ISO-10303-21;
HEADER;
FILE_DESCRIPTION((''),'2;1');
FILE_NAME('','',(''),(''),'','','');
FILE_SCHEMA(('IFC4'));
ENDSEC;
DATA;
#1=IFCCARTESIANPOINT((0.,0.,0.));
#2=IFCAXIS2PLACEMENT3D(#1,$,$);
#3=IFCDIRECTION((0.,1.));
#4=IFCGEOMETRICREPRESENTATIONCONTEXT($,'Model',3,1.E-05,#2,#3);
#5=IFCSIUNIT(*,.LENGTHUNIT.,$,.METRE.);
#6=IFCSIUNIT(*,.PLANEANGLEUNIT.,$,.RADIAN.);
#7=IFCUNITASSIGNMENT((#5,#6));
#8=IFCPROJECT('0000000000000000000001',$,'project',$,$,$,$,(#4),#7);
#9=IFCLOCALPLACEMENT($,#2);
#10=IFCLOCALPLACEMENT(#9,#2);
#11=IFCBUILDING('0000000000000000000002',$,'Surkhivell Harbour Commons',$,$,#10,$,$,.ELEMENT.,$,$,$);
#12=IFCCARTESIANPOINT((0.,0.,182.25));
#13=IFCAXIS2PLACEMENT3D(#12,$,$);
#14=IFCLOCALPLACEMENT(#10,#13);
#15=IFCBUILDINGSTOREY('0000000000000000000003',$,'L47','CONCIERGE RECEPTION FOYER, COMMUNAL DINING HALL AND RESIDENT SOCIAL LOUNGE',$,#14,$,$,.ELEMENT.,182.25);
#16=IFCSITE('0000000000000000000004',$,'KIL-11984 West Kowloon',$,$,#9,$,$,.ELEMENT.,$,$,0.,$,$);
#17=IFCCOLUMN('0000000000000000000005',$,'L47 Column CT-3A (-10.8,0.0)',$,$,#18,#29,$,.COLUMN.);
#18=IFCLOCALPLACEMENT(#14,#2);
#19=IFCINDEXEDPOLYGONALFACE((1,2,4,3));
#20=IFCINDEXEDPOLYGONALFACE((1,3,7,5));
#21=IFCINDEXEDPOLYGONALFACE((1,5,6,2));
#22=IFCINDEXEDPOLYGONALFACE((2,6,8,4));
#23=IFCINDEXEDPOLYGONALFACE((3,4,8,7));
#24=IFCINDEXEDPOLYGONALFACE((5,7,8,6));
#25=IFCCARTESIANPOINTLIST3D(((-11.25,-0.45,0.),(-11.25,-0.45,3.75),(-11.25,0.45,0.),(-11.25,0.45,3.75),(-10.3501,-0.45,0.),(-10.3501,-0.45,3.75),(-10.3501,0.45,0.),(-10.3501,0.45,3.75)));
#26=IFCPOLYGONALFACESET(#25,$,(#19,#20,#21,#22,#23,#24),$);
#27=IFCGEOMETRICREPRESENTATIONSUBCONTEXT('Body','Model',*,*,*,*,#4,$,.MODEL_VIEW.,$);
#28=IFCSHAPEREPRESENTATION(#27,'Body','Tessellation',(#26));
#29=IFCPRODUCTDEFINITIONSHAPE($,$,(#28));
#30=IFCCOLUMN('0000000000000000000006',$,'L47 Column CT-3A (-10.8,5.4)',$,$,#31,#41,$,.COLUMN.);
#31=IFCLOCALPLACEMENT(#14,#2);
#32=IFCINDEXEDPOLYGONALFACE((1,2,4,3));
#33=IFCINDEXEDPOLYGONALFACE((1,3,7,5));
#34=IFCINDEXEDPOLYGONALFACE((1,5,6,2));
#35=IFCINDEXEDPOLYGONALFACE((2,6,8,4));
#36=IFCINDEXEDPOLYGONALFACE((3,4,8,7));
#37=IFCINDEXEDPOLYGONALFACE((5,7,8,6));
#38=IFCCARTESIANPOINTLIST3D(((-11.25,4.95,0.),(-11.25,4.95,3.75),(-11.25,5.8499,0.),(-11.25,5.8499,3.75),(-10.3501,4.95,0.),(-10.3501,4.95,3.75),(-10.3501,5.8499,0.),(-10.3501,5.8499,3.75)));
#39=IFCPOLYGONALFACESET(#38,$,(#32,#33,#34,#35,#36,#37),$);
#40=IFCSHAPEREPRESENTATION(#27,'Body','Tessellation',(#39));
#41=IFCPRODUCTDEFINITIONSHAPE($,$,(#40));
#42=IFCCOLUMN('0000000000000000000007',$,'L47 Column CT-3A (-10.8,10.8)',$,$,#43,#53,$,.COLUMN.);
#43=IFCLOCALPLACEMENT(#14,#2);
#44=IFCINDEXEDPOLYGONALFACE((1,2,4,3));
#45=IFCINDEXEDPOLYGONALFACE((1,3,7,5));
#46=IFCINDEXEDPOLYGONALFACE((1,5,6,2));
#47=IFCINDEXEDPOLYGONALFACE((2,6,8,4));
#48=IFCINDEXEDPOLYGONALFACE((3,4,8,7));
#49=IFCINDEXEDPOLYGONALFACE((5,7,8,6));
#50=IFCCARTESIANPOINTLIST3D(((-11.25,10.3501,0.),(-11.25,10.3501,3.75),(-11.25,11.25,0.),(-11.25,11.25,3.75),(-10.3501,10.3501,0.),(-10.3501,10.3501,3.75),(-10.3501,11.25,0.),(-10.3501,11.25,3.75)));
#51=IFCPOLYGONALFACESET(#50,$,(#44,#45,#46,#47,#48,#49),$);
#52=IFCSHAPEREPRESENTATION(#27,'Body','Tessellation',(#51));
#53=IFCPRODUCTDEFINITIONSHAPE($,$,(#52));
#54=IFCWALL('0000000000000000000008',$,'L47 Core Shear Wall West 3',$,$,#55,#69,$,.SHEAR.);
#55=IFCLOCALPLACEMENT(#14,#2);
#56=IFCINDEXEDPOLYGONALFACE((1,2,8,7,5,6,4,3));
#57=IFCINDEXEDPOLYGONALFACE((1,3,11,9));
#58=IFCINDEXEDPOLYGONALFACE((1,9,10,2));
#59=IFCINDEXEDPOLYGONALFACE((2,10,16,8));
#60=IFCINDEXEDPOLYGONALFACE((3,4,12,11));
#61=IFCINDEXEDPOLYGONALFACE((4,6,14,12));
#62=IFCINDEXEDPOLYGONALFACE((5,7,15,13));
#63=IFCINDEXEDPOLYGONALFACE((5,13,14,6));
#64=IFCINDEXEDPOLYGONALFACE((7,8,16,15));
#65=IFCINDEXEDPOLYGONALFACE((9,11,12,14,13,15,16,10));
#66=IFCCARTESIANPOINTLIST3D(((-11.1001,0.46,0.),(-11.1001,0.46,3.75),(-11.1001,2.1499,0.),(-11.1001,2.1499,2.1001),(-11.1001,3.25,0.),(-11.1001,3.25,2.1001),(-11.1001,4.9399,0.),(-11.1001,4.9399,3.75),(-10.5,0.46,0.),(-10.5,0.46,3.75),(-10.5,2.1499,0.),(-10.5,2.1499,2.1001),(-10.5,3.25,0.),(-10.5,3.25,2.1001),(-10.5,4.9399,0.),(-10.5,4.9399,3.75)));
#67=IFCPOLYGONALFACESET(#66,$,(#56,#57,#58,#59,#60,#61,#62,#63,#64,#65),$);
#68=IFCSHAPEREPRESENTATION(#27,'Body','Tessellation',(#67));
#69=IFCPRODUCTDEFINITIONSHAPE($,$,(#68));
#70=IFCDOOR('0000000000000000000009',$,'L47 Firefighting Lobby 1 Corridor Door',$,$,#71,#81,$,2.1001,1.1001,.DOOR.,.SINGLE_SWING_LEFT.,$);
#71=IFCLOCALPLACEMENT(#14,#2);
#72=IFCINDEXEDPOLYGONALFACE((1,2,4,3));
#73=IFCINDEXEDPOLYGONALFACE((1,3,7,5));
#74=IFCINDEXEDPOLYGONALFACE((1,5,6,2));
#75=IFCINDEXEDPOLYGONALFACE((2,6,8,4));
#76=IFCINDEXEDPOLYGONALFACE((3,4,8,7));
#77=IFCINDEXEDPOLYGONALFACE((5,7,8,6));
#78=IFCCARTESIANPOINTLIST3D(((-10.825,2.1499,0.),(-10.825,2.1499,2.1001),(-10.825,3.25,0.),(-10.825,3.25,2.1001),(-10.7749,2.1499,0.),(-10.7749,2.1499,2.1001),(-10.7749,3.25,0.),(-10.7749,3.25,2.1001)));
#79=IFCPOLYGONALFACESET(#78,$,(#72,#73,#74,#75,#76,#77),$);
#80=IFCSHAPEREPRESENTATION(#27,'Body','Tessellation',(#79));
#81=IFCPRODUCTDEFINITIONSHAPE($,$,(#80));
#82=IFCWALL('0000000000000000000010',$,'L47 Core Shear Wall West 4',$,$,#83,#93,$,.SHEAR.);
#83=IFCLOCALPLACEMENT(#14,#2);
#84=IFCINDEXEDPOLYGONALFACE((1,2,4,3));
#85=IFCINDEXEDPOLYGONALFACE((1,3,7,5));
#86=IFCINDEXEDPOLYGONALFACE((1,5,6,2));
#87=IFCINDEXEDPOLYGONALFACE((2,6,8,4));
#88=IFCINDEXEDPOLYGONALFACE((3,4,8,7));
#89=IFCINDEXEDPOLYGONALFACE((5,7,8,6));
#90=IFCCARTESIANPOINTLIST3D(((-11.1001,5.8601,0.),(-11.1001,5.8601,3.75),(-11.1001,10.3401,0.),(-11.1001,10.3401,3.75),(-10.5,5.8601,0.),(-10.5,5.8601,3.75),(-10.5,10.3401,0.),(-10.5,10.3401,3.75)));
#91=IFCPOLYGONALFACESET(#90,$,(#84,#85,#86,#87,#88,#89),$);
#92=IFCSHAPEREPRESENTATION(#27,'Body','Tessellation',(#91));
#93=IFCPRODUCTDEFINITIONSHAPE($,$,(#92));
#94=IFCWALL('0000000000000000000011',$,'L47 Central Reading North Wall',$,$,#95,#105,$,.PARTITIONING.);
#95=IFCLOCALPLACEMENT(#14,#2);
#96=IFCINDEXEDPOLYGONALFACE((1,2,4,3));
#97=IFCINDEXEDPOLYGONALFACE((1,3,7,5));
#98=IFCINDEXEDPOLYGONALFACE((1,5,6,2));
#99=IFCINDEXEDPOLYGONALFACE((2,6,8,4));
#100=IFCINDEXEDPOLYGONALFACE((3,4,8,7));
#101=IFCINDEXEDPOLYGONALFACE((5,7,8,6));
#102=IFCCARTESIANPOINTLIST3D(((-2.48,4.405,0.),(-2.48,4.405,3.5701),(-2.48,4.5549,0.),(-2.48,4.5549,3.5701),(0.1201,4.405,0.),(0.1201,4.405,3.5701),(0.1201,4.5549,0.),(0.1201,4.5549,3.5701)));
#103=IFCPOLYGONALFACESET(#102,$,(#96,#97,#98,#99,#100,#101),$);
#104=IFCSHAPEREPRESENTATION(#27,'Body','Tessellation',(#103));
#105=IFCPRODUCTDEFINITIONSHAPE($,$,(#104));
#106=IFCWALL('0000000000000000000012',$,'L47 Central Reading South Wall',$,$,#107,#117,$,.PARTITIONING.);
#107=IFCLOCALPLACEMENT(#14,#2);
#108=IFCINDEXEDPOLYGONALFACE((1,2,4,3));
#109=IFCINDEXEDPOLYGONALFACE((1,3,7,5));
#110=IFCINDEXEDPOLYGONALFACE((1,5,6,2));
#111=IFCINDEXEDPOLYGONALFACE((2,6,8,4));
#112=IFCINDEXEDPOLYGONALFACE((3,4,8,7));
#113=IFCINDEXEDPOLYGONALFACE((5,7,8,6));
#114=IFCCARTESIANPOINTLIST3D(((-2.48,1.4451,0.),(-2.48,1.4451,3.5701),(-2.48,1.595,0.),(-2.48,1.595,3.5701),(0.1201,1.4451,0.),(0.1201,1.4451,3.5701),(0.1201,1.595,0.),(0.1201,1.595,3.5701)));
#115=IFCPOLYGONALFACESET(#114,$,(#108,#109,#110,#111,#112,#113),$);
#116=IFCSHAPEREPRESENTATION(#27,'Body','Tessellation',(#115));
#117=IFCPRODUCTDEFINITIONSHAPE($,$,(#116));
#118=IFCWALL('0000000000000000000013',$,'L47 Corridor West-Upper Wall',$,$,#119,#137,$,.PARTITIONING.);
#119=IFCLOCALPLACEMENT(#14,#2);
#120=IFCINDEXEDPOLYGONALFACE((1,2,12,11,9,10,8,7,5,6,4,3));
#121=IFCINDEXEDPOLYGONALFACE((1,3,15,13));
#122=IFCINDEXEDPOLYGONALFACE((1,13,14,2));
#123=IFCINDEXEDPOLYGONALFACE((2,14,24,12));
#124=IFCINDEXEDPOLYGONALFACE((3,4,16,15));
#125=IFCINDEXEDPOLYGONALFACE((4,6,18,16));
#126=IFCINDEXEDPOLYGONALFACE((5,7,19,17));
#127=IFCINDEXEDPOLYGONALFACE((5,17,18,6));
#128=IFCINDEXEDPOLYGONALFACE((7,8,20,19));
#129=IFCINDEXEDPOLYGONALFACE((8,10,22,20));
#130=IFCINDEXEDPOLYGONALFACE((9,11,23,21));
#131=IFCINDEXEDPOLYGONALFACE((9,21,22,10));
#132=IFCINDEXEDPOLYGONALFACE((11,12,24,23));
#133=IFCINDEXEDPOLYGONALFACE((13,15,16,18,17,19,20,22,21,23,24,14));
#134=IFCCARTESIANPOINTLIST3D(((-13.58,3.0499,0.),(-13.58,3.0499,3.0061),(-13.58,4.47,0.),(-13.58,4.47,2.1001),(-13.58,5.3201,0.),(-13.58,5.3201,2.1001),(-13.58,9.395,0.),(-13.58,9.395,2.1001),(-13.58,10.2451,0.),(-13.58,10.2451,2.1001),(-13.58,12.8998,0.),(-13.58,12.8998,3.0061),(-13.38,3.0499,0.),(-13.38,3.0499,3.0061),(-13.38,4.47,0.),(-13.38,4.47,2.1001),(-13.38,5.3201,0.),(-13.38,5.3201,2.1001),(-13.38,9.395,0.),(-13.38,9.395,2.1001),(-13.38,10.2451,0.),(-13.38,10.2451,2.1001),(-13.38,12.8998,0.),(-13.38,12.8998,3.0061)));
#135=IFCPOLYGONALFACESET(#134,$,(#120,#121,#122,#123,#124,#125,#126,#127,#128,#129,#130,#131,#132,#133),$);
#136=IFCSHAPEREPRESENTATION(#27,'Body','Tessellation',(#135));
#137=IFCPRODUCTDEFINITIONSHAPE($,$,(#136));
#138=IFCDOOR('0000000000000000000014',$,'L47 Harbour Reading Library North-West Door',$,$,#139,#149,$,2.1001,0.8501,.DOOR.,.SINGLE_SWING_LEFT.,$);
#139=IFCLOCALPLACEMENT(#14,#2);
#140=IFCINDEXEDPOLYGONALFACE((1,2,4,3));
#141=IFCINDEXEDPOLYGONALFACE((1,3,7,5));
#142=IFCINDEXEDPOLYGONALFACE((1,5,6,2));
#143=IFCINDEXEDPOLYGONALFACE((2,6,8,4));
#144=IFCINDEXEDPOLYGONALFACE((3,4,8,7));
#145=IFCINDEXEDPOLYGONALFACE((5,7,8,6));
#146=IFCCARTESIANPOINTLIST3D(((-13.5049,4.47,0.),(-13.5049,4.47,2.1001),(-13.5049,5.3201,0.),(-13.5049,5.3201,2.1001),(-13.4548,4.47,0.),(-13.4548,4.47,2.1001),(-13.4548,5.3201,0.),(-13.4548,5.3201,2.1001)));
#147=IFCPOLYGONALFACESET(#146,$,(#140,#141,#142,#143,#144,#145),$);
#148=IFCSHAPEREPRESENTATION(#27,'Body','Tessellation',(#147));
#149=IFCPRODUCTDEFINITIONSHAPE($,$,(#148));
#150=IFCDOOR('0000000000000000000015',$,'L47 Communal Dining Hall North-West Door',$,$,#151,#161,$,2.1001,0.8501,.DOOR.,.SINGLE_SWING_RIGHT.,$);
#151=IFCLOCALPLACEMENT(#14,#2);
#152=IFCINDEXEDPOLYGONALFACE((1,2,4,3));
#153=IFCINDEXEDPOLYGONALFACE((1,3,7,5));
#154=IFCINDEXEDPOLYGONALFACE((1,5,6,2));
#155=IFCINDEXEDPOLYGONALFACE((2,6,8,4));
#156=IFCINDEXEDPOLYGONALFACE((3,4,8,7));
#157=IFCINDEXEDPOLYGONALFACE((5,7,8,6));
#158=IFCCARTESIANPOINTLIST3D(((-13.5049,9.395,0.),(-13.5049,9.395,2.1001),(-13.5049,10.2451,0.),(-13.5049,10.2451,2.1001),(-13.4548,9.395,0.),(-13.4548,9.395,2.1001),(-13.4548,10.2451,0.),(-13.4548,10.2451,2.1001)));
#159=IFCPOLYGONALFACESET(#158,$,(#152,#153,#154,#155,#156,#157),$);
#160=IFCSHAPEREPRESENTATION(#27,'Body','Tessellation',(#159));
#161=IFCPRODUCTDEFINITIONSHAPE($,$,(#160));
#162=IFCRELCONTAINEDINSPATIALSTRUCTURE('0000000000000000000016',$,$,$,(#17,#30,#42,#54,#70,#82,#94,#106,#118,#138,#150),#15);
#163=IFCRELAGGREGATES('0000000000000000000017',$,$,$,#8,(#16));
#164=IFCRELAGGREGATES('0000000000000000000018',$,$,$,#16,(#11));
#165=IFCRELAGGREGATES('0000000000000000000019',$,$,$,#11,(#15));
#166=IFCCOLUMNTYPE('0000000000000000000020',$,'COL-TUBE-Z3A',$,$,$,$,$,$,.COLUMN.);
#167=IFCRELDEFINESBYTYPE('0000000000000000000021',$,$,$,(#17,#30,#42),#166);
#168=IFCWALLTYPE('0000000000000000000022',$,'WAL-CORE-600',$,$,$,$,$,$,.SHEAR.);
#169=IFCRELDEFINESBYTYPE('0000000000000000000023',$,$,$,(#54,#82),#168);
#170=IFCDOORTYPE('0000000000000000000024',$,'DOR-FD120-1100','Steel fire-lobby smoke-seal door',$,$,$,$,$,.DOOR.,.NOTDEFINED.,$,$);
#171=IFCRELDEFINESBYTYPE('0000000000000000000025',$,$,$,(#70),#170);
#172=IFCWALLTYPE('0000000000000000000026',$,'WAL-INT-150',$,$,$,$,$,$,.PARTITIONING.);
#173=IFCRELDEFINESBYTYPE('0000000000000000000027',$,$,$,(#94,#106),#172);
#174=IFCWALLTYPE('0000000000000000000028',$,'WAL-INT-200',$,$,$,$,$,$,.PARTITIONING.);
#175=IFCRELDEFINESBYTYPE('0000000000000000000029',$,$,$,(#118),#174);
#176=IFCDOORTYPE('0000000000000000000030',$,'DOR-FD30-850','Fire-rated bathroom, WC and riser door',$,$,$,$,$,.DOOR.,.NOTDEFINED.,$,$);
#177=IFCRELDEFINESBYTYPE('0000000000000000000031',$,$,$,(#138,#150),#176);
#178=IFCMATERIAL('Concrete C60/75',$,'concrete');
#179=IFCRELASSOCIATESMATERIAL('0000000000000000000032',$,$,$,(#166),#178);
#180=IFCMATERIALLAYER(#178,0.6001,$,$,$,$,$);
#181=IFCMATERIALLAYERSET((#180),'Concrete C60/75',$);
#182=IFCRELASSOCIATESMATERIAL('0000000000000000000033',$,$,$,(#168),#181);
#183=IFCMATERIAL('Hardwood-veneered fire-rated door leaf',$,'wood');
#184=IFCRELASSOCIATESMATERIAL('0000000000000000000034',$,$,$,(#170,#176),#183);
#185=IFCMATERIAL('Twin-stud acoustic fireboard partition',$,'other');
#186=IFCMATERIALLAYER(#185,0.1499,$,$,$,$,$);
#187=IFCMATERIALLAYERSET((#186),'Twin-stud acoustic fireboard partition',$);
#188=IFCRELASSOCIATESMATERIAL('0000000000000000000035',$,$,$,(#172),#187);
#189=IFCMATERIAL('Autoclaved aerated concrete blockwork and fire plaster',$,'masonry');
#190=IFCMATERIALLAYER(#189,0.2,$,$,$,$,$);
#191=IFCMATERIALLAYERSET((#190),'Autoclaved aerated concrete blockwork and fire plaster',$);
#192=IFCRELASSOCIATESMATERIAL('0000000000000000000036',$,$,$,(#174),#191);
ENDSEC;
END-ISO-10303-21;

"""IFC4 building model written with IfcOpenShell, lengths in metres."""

from ifc_helpers import new_model, si_unit, direction, frame, frame_2d, origin, origin_2d, place, context, subcontext, project, spatial, rectangle, extrude, material, layer, layer_set, material_profile, profile_set, type_object, element, fill, save


model = new_model("IFC4")

# Units and contexts
model_context = context("Model", 3, precision=1e-05, world=origin(), true_north=direction((0.0, 1.0)))
body_context = subcontext(model_context, "Body", "Model", "MODEL_VIEW")
ifc_project = project(units=[si_unit("LENGTHUNIT", "METRE"), si_unit("PLANEANGLEUNIT", "RADIAN")], contexts=[model_context])

# Site, building, storey
site_placement = place(None, origin())
site = spatial("IfcSite", under=ifc_project, at=site_placement, Name="KIL-11984 West Kowloon", CompositionType="ELEMENT", RefElevation=0.0)
building_placement = place(site_placement, origin())
building = spatial("IfcBuilding", under=site, at=building_placement, Name="Surkhivell Harbour Commons", CompositionType="ELEMENT")
storey_placement = place(building_placement, frame((0.0, 0.0, 182.25)))
storey = spatial("IfcBuildingStorey", under=building, at=storey_placement, Name="L47", Description="CONCIERGE RECEPTION FOYER, COMMUNAL DINING HALL AND RESIDENT SOCIAL LOUNGE", CompositionType="ELEMENT", Elevation=182.25)

# Columns
ifc_material_1 = material(Name="Concrete C60/75", Category="concrete")
ifc_material_profile = material_profile(ifc_material_1, rectangle(XDim=0.8999, YDim=0.8999, at=origin_2d()), Name="RC-COL-900x900")
ifc_profile_set = profile_set([ifc_material_profile], Name="Concrete C60/75")
column_type = type_object("IfcColumnType", Name="COL-TUBE-Z3A", PredefinedType="COLUMN", material=ifc_profile_set)
for number, where, z_axis, x_axis, name in (
    (1, (-10.8, 0.0, 0.0), (0.0, 0.0, 1.0), (1.0, 0.0, 0.0), "L47 Column CT-3A (-10.8,0.0)"),
    (2, (-10.8, 5.3999, 0.0), (0.0, 0.0, 1.0), (1.0, 0.0, 0.0), "L47 Column CT-3A (-10.8,5.4)"),
    (3, (-10.8, 10.8, 0.0), (0.0, 0.0, 1.0), (1.0, 0.0, 0.0), "L47 Column CT-3A (-10.8,10.8)"),
):
    element("IfcColumn", number, at=place(storey_placement, frame(where, z_axis=z_axis, x_axis=x_axis)), inside=storey, type_object=column_type, Name=name, PredefinedType="COLUMN", context=body_context, shape_type="SweptSolid", body=[
        extrude(rectangle(XDim=0.8999, YDim=0.8999, at=origin_2d()), origin(), (0.0, 0.0, 1.0), 3.75),
    ])

# Wall, opening, door
ifc_layer_1 = layer(ifc_material_1, 0.6001)
ifc_layer_set_1 = layer_set([ifc_layer_1], Name="Concrete C60/75")
wall_type_1 = type_object("IfcWallType", Name="WAL-CORE-600", PredefinedType="SHEAR", material=ifc_layer_set_1)
wall_1_placement = place(storey_placement, frame((-10.8, 0.46, 0.0), z_axis=(0.0, 0.0, 1.0), x_axis=(0.0, 1.0, 0.0)))
wall_1 = element("IfcWall", 4, at=wall_1_placement, inside=storey, type_object=wall_type_1, Name="L47 Core Shear Wall West 3", PredefinedType="SHEAR", context=body_context, shape_type="SweptSolid", body=[
    extrude(rectangle(XDim=4.48, YDim=0.6001, at=frame_2d((2.24, 0.0))), origin(), (0.0, 0.0, 1.0), 3.75),
])
opening_1_placement = place(wall_1_placement, frame((1.6899, 0.0, 0.0)))
opening_1 = element("IfcOpeningElement", 5, at=opening_1_placement, cuts=wall_1, PredefinedType="OPENING", context=body_context, shape_type="SweptSolid", body=[
    extrude(rectangle(XDim=1.1001, YDim=2.1001, at=frame_2d((0.55, 1.05))), frame((0.0, 0.3101, 0.0), z_axis=(0.0, -1.0, 0.0), x_axis=(1.0, 0.0, 0.0)), (0.0, 0.0, 1.0), 0.6201),
])
ifc_material_2 = material(Name="Hardwood-veneered fire-rated door leaf", Category="wood")
door_type_1 = type_object("IfcDoorType", Name="DOR-FD120-1100", Description="Steel fire-lobby smoke-seal door", OperationType="NOTDEFINED", PredefinedType="DOOR", material=ifc_material_2)
door_1_placement = place(opening_1_placement, origin())
door_1 = element("IfcDoor", 6, at=door_1_placement, inside=storey, type_object=door_type_1, Name="L47 Firefighting Lobby 1 Corridor Door", OperationType="SINGLE_SWING_LEFT", OverallHeight=2.1001, OverallWidth=1.1001, PredefinedType="DOOR", context=body_context, shape_type="SweptSolid", body=[
    extrude(rectangle(XDim=1.1001, YDim=2.1001, at=frame_2d((0.55, 1.05))), frame((0.0, 0.0249, 0.0), z_axis=(0.0, -1.0, 0.0), x_axis=(1.0, 0.0, 0.0)), (0.0, 0.0, 1.0), 0.05),
])
fill(opening_1, door_1)

# Walls
wall_2_placement = place(storey_placement, frame((-10.8, 5.8601, 0.0), z_axis=(0.0, 0.0, 1.0), x_axis=(0.0, 1.0, 0.0)))
element("IfcWall", 7, at=wall_2_placement, inside=storey, type_object=wall_type_1, Name="L47 Core Shear Wall West 4", PredefinedType="SHEAR", context=body_context, shape_type="SweptSolid", body=[
    extrude(rectangle(XDim=4.48, YDim=0.6001, at=frame_2d((2.24, 0.0))), origin(), (0.0, 0.0, 1.0), 3.75),
])
ifc_material_3 = material(Name="Twin-stud acoustic fireboard partition", Category="other")
ifc_layer_2 = layer(ifc_material_3, 0.1499)
ifc_layer_set_2 = layer_set([ifc_layer_2], Name="Twin-stud acoustic fireboard partition")
wall_type_2 = type_object("IfcWallType", Name="WAL-INT-150", PredefinedType="PARTITIONING", material=ifc_layer_set_2)
for number, where, z_axis, x_axis, name in (
    (8, (-2.48, 4.48, 0.0), (0.0, 0.0, 1.0), (1.0, 0.0, 0.0), "L47 Central Reading North Wall"),
    (9, (-2.48, 1.52, 0.0), (0.0, 0.0, 1.0), (1.0, 0.0, 0.0), "L47 Central Reading South Wall"),
):
    element("IfcWall", number, at=place(storey_placement, frame(where, z_axis=z_axis, x_axis=x_axis)), inside=storey, type_object=wall_type_2, Name=name, PredefinedType="PARTITIONING", context=body_context, shape_type="SweptSolid", body=[
        extrude(rectangle(XDim=2.6001, YDim=0.1499, at=frame_2d((1.3, 0.0))), origin(), (0.0, 0.0, 1.0), 3.5701),
    ])

# Wall, openings, doors
ifc_material_4 = material(Name="Autoclaved aerated concrete blockwork and fire plaster", Category="masonry")
ifc_layer_3 = layer(ifc_material_4, 0.2)
ifc_layer_set_3 = layer_set([ifc_layer_3], Name="Autoclaved aerated concrete blockwork and fire plaster")
wall_type_3 = type_object("IfcWallType", Name="WAL-INT-200", PredefinedType="PARTITIONING", material=ifc_layer_set_3)
wall_3_placement = place(storey_placement, frame((-13.48, 3.05, 0.0), z_axis=(0.0, 0.0, 1.0), x_axis=(0.0, 1.0, 0.0)))
wall_3 = element("IfcWall", 10, at=wall_3_placement, inside=storey, type_object=wall_type_3, Name="L47 Corridor West-Upper Wall", PredefinedType="PARTITIONING", context=body_context, shape_type="SweptSolid", body=[
    extrude(rectangle(XDim=9.8499, YDim=0.2, at=frame_2d((4.9248, 0.0))), origin(), (0.0, 0.0, 1.0), 3.0061),
])
opening_2_placement = place(wall_3_placement, frame((1.4199, 0.0, 0.0)))
opening_2 = element("IfcOpeningElement", 11, at=opening_2_placement, cuts=wall_3, PredefinedType="OPENING", context=body_context, shape_type="SweptSolid", body=[
    extrude(rectangle(XDim=0.8501, YDim=2.1001, at=frame_2d((0.425, 1.05))), frame((0.0, 0.1099, 0.0), z_axis=(0.0, -1.0, 0.0), x_axis=(1.0, 0.0, 0.0)), (0.0, 0.0, 1.0), 0.22),
])
opening_3_placement = place(wall_3_placement, frame((6.345, 0.0, 0.0)))
opening_3 = element("IfcOpeningElement", 12, at=opening_3_placement, cuts=wall_3, PredefinedType="OPENING", context=body_context, shape_type="SweptSolid", body=[
    extrude(rectangle(XDim=0.8501, YDim=2.1001, at=frame_2d((0.425, 1.05))), frame((0.0, 0.1099, 0.0), z_axis=(0.0, -1.0, 0.0), x_axis=(1.0, 0.0, 0.0)), (0.0, 0.0, 1.0), 0.22),
])
door_type_2 = type_object("IfcDoorType", Name="DOR-FD30-850", Description="Fire-rated bathroom, WC and riser door", OperationType="NOTDEFINED", PredefinedType="DOOR", material=ifc_material_2)
door_2_placement = place(opening_2_placement, origin())
door_2 = element("IfcDoor", 13, at=door_2_placement, inside=storey, type_object=door_type_2, Name="L47 Harbour Reading Library North-West Door", OperationType="SINGLE_SWING_LEFT", OverallHeight=2.1001, OverallWidth=0.8501, PredefinedType="DOOR", context=body_context, shape_type="SweptSolid", body=[
    extrude(rectangle(XDim=0.8501, YDim=2.1001, at=frame_2d((0.425, 1.05))), frame((0.0, 0.0249, 0.0), z_axis=(0.0, -1.0, 0.0), x_axis=(1.0, 0.0, 0.0)), (0.0, 0.0, 1.0), 0.05),
])
fill(opening_2, door_2)
door_3_placement = place(opening_3_placement, origin())
door_3 = element("IfcDoor", 14, at=door_3_placement, inside=storey, type_object=door_type_2, Name="L47 Communal Dining Hall North-West Door", OperationType="SINGLE_SWING_RIGHT", OverallHeight=2.1001, OverallWidth=0.8501, PredefinedType="DOOR", context=body_context, shape_type="SweptSolid", body=[
    extrude(rectangle(XDim=0.8501, YDim=2.1001, at=frame_2d((0.425, 1.05))), frame((0.0, 0.0249, 0.0), z_axis=(0.0, -1.0, 0.0), x_axis=(1.0, 0.0, 0.0)), (0.0, 0.0, 1.0), 0.05),
])
fill(opening_3, door_3)

save(model, "model.ifc")
